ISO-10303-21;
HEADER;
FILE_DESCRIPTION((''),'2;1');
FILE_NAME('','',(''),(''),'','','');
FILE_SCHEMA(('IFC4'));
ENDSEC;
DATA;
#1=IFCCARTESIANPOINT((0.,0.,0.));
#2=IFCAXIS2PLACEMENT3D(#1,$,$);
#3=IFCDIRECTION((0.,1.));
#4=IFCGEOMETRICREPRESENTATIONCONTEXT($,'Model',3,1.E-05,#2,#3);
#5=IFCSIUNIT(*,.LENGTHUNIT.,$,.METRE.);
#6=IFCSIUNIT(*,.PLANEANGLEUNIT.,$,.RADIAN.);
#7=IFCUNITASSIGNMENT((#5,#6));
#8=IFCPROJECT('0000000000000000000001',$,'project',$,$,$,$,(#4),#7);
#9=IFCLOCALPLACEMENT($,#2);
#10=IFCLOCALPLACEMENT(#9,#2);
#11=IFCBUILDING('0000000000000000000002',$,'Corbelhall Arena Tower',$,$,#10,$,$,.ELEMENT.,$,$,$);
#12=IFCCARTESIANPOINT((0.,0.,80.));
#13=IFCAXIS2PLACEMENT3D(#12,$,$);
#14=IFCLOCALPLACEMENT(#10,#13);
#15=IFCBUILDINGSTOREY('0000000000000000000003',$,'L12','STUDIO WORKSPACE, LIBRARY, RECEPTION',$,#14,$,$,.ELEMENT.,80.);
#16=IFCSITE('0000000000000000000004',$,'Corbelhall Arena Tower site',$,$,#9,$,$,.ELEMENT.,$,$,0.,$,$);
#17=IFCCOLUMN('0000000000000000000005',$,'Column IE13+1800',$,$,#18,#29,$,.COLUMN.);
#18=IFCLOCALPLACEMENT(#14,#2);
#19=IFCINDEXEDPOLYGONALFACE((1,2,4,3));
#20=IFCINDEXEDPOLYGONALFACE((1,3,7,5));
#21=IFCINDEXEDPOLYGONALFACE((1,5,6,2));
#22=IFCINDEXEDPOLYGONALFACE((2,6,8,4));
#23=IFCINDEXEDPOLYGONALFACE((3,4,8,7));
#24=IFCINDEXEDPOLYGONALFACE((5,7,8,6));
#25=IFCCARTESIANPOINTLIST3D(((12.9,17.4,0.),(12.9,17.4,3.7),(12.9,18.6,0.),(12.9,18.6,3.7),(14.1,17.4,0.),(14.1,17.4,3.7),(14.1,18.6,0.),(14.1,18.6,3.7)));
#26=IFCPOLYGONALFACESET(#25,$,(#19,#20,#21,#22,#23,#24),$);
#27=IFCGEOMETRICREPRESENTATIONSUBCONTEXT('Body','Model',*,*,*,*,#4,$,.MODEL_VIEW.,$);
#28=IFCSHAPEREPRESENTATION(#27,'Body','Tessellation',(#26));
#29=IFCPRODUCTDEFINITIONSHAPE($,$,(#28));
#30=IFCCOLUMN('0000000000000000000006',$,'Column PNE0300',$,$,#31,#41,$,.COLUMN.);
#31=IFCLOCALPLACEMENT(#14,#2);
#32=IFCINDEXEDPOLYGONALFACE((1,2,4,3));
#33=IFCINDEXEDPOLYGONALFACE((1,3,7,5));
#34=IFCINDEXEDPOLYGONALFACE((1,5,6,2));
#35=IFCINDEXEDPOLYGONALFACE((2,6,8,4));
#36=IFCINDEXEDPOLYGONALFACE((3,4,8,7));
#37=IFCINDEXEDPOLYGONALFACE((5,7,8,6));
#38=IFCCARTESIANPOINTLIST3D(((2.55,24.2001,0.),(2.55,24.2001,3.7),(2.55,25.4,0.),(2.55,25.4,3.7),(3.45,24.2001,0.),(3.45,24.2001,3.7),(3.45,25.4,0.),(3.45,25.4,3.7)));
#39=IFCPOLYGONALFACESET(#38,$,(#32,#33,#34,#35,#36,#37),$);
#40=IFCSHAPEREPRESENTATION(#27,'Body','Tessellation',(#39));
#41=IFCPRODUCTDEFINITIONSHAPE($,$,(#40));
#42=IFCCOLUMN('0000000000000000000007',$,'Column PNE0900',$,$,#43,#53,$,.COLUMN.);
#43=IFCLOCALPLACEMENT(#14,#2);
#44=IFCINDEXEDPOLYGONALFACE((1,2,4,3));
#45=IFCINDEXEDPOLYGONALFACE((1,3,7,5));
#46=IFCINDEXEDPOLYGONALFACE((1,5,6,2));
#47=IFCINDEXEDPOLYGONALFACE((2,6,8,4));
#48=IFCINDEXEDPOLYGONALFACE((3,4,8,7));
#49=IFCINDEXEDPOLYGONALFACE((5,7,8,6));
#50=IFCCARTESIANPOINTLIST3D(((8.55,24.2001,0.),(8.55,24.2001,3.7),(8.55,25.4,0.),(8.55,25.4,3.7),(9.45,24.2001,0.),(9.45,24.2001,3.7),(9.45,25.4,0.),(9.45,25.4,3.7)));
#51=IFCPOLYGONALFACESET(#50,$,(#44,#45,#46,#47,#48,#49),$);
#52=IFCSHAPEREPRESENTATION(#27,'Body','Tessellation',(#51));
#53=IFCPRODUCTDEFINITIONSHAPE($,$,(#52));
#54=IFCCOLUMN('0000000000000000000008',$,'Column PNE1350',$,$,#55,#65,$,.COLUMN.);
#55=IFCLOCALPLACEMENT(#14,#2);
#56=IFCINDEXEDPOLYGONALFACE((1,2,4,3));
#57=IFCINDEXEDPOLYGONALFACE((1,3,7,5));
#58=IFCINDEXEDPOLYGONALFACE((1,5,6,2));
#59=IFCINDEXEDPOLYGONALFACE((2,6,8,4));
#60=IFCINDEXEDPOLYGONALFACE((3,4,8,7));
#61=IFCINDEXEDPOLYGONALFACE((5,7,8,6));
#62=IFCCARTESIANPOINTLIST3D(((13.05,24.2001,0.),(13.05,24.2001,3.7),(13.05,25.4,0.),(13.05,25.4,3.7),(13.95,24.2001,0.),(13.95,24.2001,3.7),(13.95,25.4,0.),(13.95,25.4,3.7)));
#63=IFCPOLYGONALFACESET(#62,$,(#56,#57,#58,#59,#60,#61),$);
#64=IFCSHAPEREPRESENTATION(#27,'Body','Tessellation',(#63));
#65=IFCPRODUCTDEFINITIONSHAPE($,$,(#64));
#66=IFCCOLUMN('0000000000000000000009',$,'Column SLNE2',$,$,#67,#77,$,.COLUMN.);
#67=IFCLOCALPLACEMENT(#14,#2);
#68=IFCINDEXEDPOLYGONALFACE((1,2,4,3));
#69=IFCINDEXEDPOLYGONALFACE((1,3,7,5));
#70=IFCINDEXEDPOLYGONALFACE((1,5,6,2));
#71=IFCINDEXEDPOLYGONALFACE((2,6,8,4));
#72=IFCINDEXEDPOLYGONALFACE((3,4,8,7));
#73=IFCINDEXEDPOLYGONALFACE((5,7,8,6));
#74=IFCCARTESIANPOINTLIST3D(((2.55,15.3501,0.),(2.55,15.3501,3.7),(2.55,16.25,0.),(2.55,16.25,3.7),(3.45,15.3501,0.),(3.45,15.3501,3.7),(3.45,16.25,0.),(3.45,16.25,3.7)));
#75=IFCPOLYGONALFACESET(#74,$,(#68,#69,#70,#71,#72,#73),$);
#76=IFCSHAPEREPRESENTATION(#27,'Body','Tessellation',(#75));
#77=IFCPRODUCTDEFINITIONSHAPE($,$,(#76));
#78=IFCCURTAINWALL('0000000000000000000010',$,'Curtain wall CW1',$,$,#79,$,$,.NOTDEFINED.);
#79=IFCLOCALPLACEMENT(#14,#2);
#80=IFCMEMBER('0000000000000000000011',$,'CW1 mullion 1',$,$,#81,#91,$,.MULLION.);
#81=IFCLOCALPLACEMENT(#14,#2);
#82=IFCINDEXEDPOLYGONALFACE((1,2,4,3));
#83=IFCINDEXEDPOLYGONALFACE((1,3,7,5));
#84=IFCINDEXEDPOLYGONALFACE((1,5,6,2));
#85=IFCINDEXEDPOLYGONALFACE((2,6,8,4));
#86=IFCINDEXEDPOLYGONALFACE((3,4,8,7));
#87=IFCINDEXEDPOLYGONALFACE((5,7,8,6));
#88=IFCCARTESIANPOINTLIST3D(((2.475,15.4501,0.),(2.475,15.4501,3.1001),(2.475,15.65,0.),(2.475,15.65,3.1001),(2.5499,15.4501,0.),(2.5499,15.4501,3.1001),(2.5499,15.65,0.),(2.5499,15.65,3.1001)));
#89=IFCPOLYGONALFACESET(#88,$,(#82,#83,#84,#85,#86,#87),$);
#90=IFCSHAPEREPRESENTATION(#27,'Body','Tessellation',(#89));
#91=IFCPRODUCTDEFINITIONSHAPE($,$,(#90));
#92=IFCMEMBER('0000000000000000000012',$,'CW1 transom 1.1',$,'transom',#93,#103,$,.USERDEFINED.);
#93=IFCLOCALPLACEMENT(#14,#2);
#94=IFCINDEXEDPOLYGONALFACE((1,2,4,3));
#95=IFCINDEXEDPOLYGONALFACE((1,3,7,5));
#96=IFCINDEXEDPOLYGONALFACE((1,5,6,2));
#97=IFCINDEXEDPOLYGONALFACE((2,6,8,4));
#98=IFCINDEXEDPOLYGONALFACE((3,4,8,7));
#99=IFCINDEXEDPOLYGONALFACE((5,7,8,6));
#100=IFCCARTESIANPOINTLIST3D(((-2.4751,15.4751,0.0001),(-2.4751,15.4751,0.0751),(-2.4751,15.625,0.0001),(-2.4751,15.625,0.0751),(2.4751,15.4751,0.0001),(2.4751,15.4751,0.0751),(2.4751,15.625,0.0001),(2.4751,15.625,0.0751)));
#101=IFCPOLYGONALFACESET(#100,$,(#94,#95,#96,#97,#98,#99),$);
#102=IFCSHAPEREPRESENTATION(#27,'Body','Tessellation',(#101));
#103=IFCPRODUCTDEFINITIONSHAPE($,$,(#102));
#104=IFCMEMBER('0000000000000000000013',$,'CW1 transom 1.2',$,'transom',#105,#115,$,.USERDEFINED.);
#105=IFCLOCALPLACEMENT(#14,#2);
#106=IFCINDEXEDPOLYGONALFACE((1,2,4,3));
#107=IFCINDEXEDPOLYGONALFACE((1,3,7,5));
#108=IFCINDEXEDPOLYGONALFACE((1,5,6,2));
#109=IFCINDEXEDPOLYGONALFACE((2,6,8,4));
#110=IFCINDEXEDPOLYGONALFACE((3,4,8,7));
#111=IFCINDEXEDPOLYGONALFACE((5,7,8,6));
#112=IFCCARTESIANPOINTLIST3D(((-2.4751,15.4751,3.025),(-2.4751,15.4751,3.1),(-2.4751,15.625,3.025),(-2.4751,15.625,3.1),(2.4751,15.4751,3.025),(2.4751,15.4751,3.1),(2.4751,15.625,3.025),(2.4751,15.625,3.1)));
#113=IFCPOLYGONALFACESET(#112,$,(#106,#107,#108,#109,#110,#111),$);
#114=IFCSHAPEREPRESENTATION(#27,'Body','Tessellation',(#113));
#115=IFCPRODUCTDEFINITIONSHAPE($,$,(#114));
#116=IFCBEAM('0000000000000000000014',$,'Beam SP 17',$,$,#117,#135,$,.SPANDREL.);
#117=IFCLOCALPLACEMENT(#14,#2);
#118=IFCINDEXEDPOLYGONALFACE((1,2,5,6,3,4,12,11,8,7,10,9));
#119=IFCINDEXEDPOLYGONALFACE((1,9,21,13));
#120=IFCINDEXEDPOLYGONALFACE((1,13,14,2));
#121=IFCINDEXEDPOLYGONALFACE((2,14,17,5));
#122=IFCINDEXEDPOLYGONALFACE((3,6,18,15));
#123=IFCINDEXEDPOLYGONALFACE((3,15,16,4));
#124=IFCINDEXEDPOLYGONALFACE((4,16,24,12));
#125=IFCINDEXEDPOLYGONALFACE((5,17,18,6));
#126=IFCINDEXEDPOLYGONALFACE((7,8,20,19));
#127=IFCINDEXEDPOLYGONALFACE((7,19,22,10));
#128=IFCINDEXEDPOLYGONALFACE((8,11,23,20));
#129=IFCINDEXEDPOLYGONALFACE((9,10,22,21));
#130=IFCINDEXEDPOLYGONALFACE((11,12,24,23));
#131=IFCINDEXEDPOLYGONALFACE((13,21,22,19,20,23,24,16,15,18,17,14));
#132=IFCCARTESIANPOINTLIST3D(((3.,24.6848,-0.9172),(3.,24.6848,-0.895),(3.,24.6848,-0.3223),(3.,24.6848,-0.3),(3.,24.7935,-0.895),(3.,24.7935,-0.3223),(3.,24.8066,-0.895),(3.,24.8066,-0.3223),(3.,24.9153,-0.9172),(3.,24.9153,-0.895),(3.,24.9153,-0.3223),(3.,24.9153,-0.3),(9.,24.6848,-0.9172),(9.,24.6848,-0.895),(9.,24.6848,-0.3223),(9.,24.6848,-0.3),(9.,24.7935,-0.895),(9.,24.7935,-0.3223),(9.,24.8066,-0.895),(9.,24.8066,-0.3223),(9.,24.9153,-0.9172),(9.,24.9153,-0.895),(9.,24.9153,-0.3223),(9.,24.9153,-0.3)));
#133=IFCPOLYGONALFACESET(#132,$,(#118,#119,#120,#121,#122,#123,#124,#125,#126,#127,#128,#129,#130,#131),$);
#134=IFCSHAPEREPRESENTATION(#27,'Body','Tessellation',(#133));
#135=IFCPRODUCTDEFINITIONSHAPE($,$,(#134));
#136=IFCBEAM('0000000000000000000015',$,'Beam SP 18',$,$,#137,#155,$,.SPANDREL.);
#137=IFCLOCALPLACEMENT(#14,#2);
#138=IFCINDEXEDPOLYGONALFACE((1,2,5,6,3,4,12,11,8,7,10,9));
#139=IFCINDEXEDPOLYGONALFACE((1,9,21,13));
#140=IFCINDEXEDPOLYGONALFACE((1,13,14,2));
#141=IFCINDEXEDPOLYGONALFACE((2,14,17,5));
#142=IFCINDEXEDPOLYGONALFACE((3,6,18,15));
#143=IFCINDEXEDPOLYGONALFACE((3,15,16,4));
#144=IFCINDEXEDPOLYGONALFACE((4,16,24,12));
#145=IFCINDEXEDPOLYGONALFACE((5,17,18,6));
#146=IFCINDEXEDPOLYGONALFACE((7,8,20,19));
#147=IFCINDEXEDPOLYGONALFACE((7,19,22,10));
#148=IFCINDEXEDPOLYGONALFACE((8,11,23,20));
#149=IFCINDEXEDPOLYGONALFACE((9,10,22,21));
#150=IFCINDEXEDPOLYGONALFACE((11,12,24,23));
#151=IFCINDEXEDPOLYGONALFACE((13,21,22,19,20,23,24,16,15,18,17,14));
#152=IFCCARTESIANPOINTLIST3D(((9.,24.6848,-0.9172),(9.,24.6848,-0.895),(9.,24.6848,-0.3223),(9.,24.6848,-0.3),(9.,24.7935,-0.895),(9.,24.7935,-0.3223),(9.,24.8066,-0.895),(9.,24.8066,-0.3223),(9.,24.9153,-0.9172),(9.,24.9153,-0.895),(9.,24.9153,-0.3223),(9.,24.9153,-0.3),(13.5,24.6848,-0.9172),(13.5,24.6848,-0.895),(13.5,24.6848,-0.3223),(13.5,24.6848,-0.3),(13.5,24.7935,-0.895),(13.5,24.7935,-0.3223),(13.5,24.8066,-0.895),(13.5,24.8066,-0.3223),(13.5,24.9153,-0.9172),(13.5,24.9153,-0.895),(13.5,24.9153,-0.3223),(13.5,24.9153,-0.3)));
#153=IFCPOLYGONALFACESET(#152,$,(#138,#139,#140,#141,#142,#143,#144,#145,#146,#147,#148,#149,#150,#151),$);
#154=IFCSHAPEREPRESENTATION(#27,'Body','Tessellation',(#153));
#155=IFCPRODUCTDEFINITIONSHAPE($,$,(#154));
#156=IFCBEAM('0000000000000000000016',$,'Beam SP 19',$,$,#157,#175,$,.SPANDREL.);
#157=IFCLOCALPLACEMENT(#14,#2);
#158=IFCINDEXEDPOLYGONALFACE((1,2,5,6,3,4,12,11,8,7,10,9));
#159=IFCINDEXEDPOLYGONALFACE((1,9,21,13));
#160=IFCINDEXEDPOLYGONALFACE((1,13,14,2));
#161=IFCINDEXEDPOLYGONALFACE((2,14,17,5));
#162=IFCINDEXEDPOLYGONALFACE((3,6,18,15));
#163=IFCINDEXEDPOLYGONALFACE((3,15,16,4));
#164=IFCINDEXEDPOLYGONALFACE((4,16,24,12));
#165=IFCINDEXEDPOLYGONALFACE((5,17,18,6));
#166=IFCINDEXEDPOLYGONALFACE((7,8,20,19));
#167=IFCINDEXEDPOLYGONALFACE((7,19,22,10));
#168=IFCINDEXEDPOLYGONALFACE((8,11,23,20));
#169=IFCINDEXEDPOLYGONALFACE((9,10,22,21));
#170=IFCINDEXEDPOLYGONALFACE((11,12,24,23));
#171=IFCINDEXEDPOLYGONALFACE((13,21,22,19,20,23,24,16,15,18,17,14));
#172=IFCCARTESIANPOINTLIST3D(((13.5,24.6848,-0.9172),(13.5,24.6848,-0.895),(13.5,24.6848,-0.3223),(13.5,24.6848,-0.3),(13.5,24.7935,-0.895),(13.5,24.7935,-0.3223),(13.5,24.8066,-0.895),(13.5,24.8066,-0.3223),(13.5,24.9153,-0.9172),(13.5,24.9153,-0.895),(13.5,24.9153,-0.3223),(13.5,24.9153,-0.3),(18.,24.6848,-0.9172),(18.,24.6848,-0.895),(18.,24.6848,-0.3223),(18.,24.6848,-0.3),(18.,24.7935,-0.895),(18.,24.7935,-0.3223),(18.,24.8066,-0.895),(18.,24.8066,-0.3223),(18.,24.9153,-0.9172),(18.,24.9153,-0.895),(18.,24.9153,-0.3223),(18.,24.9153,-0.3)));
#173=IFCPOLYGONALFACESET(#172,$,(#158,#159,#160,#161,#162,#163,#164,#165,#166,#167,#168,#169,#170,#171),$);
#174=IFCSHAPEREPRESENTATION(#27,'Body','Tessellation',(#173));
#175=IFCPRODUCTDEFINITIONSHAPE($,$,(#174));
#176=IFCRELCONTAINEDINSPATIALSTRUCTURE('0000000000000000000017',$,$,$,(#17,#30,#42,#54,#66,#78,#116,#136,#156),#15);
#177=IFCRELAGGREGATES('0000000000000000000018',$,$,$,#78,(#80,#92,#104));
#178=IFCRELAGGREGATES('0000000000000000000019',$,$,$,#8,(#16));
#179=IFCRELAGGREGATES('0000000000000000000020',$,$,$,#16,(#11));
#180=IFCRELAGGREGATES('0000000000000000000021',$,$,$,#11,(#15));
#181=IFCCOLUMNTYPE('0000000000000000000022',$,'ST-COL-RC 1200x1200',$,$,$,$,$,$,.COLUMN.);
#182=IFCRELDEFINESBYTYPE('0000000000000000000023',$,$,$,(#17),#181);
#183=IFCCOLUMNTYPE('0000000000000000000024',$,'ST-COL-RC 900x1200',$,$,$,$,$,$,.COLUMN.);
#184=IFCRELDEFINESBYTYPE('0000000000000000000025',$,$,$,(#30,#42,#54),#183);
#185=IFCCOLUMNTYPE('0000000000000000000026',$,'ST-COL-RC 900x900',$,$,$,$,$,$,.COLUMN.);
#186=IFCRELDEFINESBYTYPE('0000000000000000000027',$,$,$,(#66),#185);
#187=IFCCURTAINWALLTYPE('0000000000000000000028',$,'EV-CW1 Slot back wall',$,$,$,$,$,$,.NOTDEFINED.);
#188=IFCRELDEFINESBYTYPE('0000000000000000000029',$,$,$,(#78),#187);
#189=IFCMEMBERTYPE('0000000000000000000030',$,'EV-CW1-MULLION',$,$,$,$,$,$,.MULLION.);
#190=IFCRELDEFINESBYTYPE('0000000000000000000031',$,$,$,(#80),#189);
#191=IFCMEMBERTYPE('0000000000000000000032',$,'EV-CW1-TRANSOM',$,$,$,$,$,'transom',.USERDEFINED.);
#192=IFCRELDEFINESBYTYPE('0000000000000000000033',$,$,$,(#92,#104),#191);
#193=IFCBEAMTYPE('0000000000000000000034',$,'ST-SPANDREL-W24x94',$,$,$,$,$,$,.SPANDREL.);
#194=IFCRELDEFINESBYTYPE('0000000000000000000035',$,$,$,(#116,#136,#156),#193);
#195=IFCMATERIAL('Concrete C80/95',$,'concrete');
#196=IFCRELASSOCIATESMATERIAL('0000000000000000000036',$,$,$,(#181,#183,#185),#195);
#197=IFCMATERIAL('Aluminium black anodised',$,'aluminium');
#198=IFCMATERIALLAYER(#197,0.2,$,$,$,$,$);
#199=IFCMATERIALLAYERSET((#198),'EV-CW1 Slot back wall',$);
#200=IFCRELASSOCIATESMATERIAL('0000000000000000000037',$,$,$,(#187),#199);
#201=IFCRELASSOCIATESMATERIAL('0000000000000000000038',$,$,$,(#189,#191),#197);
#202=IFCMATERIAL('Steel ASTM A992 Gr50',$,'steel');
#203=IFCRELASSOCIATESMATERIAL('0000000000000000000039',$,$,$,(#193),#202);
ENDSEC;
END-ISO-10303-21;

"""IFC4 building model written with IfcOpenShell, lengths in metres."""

from ifc_helpers import new_model, si_unit, direction, frame, origin, origin_2d, place, context, subcontext, project, spatial, rectangle, i_section, extrude, material, layer, layer_set, material_profile, profile_set, type_object, element, aggregate, save


model = new_model("IFC4")

# Units and contexts
model_context = context("Model", 3, precision=1e-05, world=origin(), true_north=direction((0.0, 1.0)))
body_context = subcontext(model_context, "Body", "Model", "MODEL_VIEW")
ifc_project = project(units=[si_unit("LENGTHUNIT", "METRE"), si_unit("PLANEANGLEUNIT", "RADIAN")], contexts=[model_context])

# Site, building, storey
site_placement = place(None, origin())
site = spatial("IfcSite", under=ifc_project, at=site_placement, Name="Corbelhall Arena Tower site", CompositionType="ELEMENT", RefElevation=0.0)
building_placement = place(site_placement, origin())
building = spatial("IfcBuilding", under=site, at=building_placement, Name="Corbelhall Arena Tower", CompositionType="ELEMENT")
storey_placement = place(building_placement, frame((0.0, 0.0, 80.0)))
storey = spatial("IfcBuildingStorey", under=building, at=storey_placement, Name="L12", Description="STUDIO WORKSPACE, LIBRARY, RECEPTION", CompositionType="ELEMENT", Elevation=80.0)

# Columns
ifc_material_1 = material(Name="Concrete C80/95", Category="concrete")
ifc_material_profile_1 = material_profile(ifc_material_1, rectangle(XDim=1.2, YDim=1.2, at=origin_2d()))
ifc_profile_set_1 = profile_set([ifc_material_profile_1], Name="Concrete C80/95")
column_type_1 = type_object("IfcColumnType", Name="ST-COL-RC 1200x1200", PredefinedType="COLUMN", material=ifc_profile_set_1)
column_1_placement = place(storey_placement, frame((13.5, 18.0, 0.0), z_axis=(0.0, 0.0, 1.0), x_axis=(1.0, 0.0, 0.0)))
element("IfcColumn", 1, at=column_1_placement, inside=storey, type_object=column_type_1, Name="Column IE13+1800", PredefinedType="COLUMN", context=body_context, shape_type="SweptSolid", body=[
    extrude(rectangle(XDim=1.2, YDim=1.2, at=origin_2d()), origin(), (0.0, 0.0, 1.0), 3.7),
])
ifc_material_profile_2 = material_profile(ifc_material_1, rectangle(XDim=0.8999, YDim=1.2, at=origin_2d()))
ifc_profile_set_2 = profile_set([ifc_material_profile_2], Name="Concrete C80/95")
column_type_2 = type_object("IfcColumnType", Name="ST-COL-RC 900x1200", PredefinedType="COLUMN", material=ifc_profile_set_2)
for number, where, z_axis, x_axis, name in (
    (2, (3.0, 24.8, 0.0), (0.0, 0.0, 1.0), (1.0, 0.0, 0.0), "Column PNE0300"),
    (3, (9.0, 24.8, 0.0), (0.0, 0.0, 1.0), (1.0, 0.0, 0.0), "Column PNE0900"),
    (4, (13.5, 24.8, 0.0), (0.0, 0.0, 1.0), (1.0, 0.0, 0.0), "Column PNE1350"),
):
    element("IfcColumn", number, at=place(storey_placement, frame(where, z_axis=z_axis, x_axis=x_axis)), inside=storey, type_object=column_type_2, Name=name, PredefinedType="COLUMN", context=body_context, shape_type="SweptSolid", body=[
        extrude(rectangle(XDim=0.8999, YDim=1.2, at=origin_2d()), origin(), (0.0, 0.0, 1.0), 3.7),
    ])
ifc_material_profile_3 = material_profile(ifc_material_1, rectangle(XDim=0.8999, YDim=0.8999, at=origin_2d()))
ifc_profile_set_3 = profile_set([ifc_material_profile_3], Name="Concrete C80/95")
column_type_3 = type_object("IfcColumnType", Name="ST-COL-RC 900x900", PredefinedType="COLUMN", material=ifc_profile_set_3)
column_2_placement = place(storey_placement, frame((3.0, 15.8, 0.0), z_axis=(0.0, 0.0, 1.0), x_axis=(1.0, 0.0, 0.0)))
element("IfcColumn", 5, at=column_2_placement, inside=storey, type_object=column_type_3, Name="Column SLNE2", PredefinedType="COLUMN", context=body_context, shape_type="SweptSolid", body=[
    extrude(rectangle(XDim=0.8999, YDim=0.8999, at=origin_2d()), origin(), (0.0, 0.0, 1.0), 3.7),
])

# Curtain wall, members
ifc_material_2 = material(Name="Aluminium black anodised", Category="aluminium")
ifc_layer_1 = layer(ifc_material_2, 0.2)
ifc_layer_set_1 = layer_set([ifc_layer_1], Name="EV-CW1 Slot back wall")
curtain_wall_type = type_object("IfcCurtainWallType", Name="EV-CW1 Slot back wall", PredefinedType="NOTDEFINED", material=ifc_layer_set_1)
curtain_wall_placement = place(storey_placement, origin())
curtain_wall = element("IfcCurtainWall", 6, at=curtain_wall_placement, inside=storey, type_object=curtain_wall_type, Name="Curtain wall CW1", PredefinedType="NOTDEFINED")
ifc_material_profile_4 = material_profile(ifc_material_2, rectangle(XDim=0.2, YDim=0.075, at=origin_2d()))
ifc_profile_set_4 = profile_set([ifc_material_profile_4], Name="Aluminium black anodised")
member_type_1 = type_object("IfcMemberType", Name="EV-CW1-MULLION", PredefinedType="MULLION", material=ifc_profile_set_4)
member_1_placement = place(storey_placement, frame((2.5125, 15.55, 0.0), z_axis=(0.0, 0.0, 1.0), x_axis=(0.0, -1.0, 0.0)))
member_1 = element("IfcMember", 7, at=member_1_placement, type_object=member_type_1, Name="CW1 mullion 1", PredefinedType="MULLION", context=body_context, shape_type="SweptSolid", body=[
    extrude(rectangle(XDim=0.2, YDim=0.075, at=origin_2d()), origin(), (0.0, 0.0, 1.0), 3.1001),
])
ifc_material_profile_5 = material_profile(ifc_material_2, rectangle(XDim=0.1499, YDim=0.075, at=origin_2d()))
ifc_profile_set_5 = profile_set([ifc_material_profile_5], Name="Aluminium black anodised")
member_type_2 = type_object("IfcMemberType", Name="EV-CW1-TRANSOM", ElementType="transom", PredefinedType="USERDEFINED", material=ifc_profile_set_5)
member_2_placement = place(storey_placement, frame((2.4751, 15.55, 0.0376), z_axis=(-1.0, 0.0, 0.0), x_axis=(0.0, -1.0, 0.0)))
member_2 = element("IfcMember", 8, at=member_2_placement, type_object=member_type_2, Name="CW1 transom 1.1", ObjectType="transom", PredefinedType="USERDEFINED", context=body_context, shape_type="SweptSolid", body=[
    extrude(rectangle(XDim=0.1499, YDim=0.075, at=origin_2d()), origin(), (0.0, 0.0, 1.0), 4.9502),
])
member_3_placement = place(storey_placement, frame((2.4751, 15.55, 3.0625), z_axis=(-1.0, 0.0, 0.0), x_axis=(0.0, -1.0, 0.0)))
member_3 = element("IfcMember", 9, at=member_3_placement, type_object=member_type_2, Name="CW1 transom 1.2", ObjectType="transom", PredefinedType="USERDEFINED", context=body_context, shape_type="SweptSolid", body=[
    extrude(rectangle(XDim=0.1499, YDim=0.075, at=origin_2d()), origin(), (0.0, 0.0, 1.0), 4.9502),
])

# Beams
ifc_material_3 = material(Name="Steel ASTM A992 Gr50", Category="steel")
ifc_material_profile_6 = material_profile(ifc_material_3, i_section(OverallWidth=0.2305, OverallDepth=0.6172, WebThickness=0.0132, FlangeThickness=0.0222, at=origin_2d()))
ifc_profile_set_6 = profile_set([ifc_material_profile_6], Name="Steel ASTM A992 Gr50")
beam_type_1 = type_object("IfcBeamType", Name="ST-SPANDREL-W24x94", PredefinedType="SPANDREL", material=ifc_profile_set_6)
beam_1_placement = place(storey_placement, frame((3.0, 24.8, -0.6086), z_axis=(1.0, 0.0, 0.0), x_axis=(0.0, 1.0, 0.0)))
element("IfcBeam", 10, at=beam_1_placement, inside=storey, type_object=beam_type_1, Name="Beam SP 17", PredefinedType="SPANDREL", context=body_context, shape_type="SweptSolid", body=[
    extrude(i_section(OverallWidth=0.2305, OverallDepth=0.6172, WebThickness=0.0132, FlangeThickness=0.0222, at=origin_2d()), origin(), (0.0, 0.0, 1.0), 6.0),
])
for number, where, z_axis, x_axis, name in (
    (11, (9.0, 24.8, -0.6086), (1.0, 0.0, 0.0), (0.0, 1.0, 0.0), "Beam SP 18"),
    (12, (13.5, 24.8, -0.6086), (1.0, 0.0, 0.0), (0.0, 1.0, 0.0), "Beam SP 19"),
):
    element("IfcBeam", number, at=place(storey_placement, frame(where, z_axis=z_axis, x_axis=x_axis)), inside=storey, type_object=beam_type_1, Name=name, PredefinedType="SPANDREL", context=body_context, shape_type="SweptSolid", body=[
        extrude(i_section(OverallWidth=0.2305, OverallDepth=0.6172, WebThickness=0.0132, FlangeThickness=0.0222, at=origin_2d()), origin(), (0.0, 0.0, 1.0), 4.5),
    ])

aggregate(curtain_wall, [member_1, member_2, member_3])

save(model, "model.ifc")
